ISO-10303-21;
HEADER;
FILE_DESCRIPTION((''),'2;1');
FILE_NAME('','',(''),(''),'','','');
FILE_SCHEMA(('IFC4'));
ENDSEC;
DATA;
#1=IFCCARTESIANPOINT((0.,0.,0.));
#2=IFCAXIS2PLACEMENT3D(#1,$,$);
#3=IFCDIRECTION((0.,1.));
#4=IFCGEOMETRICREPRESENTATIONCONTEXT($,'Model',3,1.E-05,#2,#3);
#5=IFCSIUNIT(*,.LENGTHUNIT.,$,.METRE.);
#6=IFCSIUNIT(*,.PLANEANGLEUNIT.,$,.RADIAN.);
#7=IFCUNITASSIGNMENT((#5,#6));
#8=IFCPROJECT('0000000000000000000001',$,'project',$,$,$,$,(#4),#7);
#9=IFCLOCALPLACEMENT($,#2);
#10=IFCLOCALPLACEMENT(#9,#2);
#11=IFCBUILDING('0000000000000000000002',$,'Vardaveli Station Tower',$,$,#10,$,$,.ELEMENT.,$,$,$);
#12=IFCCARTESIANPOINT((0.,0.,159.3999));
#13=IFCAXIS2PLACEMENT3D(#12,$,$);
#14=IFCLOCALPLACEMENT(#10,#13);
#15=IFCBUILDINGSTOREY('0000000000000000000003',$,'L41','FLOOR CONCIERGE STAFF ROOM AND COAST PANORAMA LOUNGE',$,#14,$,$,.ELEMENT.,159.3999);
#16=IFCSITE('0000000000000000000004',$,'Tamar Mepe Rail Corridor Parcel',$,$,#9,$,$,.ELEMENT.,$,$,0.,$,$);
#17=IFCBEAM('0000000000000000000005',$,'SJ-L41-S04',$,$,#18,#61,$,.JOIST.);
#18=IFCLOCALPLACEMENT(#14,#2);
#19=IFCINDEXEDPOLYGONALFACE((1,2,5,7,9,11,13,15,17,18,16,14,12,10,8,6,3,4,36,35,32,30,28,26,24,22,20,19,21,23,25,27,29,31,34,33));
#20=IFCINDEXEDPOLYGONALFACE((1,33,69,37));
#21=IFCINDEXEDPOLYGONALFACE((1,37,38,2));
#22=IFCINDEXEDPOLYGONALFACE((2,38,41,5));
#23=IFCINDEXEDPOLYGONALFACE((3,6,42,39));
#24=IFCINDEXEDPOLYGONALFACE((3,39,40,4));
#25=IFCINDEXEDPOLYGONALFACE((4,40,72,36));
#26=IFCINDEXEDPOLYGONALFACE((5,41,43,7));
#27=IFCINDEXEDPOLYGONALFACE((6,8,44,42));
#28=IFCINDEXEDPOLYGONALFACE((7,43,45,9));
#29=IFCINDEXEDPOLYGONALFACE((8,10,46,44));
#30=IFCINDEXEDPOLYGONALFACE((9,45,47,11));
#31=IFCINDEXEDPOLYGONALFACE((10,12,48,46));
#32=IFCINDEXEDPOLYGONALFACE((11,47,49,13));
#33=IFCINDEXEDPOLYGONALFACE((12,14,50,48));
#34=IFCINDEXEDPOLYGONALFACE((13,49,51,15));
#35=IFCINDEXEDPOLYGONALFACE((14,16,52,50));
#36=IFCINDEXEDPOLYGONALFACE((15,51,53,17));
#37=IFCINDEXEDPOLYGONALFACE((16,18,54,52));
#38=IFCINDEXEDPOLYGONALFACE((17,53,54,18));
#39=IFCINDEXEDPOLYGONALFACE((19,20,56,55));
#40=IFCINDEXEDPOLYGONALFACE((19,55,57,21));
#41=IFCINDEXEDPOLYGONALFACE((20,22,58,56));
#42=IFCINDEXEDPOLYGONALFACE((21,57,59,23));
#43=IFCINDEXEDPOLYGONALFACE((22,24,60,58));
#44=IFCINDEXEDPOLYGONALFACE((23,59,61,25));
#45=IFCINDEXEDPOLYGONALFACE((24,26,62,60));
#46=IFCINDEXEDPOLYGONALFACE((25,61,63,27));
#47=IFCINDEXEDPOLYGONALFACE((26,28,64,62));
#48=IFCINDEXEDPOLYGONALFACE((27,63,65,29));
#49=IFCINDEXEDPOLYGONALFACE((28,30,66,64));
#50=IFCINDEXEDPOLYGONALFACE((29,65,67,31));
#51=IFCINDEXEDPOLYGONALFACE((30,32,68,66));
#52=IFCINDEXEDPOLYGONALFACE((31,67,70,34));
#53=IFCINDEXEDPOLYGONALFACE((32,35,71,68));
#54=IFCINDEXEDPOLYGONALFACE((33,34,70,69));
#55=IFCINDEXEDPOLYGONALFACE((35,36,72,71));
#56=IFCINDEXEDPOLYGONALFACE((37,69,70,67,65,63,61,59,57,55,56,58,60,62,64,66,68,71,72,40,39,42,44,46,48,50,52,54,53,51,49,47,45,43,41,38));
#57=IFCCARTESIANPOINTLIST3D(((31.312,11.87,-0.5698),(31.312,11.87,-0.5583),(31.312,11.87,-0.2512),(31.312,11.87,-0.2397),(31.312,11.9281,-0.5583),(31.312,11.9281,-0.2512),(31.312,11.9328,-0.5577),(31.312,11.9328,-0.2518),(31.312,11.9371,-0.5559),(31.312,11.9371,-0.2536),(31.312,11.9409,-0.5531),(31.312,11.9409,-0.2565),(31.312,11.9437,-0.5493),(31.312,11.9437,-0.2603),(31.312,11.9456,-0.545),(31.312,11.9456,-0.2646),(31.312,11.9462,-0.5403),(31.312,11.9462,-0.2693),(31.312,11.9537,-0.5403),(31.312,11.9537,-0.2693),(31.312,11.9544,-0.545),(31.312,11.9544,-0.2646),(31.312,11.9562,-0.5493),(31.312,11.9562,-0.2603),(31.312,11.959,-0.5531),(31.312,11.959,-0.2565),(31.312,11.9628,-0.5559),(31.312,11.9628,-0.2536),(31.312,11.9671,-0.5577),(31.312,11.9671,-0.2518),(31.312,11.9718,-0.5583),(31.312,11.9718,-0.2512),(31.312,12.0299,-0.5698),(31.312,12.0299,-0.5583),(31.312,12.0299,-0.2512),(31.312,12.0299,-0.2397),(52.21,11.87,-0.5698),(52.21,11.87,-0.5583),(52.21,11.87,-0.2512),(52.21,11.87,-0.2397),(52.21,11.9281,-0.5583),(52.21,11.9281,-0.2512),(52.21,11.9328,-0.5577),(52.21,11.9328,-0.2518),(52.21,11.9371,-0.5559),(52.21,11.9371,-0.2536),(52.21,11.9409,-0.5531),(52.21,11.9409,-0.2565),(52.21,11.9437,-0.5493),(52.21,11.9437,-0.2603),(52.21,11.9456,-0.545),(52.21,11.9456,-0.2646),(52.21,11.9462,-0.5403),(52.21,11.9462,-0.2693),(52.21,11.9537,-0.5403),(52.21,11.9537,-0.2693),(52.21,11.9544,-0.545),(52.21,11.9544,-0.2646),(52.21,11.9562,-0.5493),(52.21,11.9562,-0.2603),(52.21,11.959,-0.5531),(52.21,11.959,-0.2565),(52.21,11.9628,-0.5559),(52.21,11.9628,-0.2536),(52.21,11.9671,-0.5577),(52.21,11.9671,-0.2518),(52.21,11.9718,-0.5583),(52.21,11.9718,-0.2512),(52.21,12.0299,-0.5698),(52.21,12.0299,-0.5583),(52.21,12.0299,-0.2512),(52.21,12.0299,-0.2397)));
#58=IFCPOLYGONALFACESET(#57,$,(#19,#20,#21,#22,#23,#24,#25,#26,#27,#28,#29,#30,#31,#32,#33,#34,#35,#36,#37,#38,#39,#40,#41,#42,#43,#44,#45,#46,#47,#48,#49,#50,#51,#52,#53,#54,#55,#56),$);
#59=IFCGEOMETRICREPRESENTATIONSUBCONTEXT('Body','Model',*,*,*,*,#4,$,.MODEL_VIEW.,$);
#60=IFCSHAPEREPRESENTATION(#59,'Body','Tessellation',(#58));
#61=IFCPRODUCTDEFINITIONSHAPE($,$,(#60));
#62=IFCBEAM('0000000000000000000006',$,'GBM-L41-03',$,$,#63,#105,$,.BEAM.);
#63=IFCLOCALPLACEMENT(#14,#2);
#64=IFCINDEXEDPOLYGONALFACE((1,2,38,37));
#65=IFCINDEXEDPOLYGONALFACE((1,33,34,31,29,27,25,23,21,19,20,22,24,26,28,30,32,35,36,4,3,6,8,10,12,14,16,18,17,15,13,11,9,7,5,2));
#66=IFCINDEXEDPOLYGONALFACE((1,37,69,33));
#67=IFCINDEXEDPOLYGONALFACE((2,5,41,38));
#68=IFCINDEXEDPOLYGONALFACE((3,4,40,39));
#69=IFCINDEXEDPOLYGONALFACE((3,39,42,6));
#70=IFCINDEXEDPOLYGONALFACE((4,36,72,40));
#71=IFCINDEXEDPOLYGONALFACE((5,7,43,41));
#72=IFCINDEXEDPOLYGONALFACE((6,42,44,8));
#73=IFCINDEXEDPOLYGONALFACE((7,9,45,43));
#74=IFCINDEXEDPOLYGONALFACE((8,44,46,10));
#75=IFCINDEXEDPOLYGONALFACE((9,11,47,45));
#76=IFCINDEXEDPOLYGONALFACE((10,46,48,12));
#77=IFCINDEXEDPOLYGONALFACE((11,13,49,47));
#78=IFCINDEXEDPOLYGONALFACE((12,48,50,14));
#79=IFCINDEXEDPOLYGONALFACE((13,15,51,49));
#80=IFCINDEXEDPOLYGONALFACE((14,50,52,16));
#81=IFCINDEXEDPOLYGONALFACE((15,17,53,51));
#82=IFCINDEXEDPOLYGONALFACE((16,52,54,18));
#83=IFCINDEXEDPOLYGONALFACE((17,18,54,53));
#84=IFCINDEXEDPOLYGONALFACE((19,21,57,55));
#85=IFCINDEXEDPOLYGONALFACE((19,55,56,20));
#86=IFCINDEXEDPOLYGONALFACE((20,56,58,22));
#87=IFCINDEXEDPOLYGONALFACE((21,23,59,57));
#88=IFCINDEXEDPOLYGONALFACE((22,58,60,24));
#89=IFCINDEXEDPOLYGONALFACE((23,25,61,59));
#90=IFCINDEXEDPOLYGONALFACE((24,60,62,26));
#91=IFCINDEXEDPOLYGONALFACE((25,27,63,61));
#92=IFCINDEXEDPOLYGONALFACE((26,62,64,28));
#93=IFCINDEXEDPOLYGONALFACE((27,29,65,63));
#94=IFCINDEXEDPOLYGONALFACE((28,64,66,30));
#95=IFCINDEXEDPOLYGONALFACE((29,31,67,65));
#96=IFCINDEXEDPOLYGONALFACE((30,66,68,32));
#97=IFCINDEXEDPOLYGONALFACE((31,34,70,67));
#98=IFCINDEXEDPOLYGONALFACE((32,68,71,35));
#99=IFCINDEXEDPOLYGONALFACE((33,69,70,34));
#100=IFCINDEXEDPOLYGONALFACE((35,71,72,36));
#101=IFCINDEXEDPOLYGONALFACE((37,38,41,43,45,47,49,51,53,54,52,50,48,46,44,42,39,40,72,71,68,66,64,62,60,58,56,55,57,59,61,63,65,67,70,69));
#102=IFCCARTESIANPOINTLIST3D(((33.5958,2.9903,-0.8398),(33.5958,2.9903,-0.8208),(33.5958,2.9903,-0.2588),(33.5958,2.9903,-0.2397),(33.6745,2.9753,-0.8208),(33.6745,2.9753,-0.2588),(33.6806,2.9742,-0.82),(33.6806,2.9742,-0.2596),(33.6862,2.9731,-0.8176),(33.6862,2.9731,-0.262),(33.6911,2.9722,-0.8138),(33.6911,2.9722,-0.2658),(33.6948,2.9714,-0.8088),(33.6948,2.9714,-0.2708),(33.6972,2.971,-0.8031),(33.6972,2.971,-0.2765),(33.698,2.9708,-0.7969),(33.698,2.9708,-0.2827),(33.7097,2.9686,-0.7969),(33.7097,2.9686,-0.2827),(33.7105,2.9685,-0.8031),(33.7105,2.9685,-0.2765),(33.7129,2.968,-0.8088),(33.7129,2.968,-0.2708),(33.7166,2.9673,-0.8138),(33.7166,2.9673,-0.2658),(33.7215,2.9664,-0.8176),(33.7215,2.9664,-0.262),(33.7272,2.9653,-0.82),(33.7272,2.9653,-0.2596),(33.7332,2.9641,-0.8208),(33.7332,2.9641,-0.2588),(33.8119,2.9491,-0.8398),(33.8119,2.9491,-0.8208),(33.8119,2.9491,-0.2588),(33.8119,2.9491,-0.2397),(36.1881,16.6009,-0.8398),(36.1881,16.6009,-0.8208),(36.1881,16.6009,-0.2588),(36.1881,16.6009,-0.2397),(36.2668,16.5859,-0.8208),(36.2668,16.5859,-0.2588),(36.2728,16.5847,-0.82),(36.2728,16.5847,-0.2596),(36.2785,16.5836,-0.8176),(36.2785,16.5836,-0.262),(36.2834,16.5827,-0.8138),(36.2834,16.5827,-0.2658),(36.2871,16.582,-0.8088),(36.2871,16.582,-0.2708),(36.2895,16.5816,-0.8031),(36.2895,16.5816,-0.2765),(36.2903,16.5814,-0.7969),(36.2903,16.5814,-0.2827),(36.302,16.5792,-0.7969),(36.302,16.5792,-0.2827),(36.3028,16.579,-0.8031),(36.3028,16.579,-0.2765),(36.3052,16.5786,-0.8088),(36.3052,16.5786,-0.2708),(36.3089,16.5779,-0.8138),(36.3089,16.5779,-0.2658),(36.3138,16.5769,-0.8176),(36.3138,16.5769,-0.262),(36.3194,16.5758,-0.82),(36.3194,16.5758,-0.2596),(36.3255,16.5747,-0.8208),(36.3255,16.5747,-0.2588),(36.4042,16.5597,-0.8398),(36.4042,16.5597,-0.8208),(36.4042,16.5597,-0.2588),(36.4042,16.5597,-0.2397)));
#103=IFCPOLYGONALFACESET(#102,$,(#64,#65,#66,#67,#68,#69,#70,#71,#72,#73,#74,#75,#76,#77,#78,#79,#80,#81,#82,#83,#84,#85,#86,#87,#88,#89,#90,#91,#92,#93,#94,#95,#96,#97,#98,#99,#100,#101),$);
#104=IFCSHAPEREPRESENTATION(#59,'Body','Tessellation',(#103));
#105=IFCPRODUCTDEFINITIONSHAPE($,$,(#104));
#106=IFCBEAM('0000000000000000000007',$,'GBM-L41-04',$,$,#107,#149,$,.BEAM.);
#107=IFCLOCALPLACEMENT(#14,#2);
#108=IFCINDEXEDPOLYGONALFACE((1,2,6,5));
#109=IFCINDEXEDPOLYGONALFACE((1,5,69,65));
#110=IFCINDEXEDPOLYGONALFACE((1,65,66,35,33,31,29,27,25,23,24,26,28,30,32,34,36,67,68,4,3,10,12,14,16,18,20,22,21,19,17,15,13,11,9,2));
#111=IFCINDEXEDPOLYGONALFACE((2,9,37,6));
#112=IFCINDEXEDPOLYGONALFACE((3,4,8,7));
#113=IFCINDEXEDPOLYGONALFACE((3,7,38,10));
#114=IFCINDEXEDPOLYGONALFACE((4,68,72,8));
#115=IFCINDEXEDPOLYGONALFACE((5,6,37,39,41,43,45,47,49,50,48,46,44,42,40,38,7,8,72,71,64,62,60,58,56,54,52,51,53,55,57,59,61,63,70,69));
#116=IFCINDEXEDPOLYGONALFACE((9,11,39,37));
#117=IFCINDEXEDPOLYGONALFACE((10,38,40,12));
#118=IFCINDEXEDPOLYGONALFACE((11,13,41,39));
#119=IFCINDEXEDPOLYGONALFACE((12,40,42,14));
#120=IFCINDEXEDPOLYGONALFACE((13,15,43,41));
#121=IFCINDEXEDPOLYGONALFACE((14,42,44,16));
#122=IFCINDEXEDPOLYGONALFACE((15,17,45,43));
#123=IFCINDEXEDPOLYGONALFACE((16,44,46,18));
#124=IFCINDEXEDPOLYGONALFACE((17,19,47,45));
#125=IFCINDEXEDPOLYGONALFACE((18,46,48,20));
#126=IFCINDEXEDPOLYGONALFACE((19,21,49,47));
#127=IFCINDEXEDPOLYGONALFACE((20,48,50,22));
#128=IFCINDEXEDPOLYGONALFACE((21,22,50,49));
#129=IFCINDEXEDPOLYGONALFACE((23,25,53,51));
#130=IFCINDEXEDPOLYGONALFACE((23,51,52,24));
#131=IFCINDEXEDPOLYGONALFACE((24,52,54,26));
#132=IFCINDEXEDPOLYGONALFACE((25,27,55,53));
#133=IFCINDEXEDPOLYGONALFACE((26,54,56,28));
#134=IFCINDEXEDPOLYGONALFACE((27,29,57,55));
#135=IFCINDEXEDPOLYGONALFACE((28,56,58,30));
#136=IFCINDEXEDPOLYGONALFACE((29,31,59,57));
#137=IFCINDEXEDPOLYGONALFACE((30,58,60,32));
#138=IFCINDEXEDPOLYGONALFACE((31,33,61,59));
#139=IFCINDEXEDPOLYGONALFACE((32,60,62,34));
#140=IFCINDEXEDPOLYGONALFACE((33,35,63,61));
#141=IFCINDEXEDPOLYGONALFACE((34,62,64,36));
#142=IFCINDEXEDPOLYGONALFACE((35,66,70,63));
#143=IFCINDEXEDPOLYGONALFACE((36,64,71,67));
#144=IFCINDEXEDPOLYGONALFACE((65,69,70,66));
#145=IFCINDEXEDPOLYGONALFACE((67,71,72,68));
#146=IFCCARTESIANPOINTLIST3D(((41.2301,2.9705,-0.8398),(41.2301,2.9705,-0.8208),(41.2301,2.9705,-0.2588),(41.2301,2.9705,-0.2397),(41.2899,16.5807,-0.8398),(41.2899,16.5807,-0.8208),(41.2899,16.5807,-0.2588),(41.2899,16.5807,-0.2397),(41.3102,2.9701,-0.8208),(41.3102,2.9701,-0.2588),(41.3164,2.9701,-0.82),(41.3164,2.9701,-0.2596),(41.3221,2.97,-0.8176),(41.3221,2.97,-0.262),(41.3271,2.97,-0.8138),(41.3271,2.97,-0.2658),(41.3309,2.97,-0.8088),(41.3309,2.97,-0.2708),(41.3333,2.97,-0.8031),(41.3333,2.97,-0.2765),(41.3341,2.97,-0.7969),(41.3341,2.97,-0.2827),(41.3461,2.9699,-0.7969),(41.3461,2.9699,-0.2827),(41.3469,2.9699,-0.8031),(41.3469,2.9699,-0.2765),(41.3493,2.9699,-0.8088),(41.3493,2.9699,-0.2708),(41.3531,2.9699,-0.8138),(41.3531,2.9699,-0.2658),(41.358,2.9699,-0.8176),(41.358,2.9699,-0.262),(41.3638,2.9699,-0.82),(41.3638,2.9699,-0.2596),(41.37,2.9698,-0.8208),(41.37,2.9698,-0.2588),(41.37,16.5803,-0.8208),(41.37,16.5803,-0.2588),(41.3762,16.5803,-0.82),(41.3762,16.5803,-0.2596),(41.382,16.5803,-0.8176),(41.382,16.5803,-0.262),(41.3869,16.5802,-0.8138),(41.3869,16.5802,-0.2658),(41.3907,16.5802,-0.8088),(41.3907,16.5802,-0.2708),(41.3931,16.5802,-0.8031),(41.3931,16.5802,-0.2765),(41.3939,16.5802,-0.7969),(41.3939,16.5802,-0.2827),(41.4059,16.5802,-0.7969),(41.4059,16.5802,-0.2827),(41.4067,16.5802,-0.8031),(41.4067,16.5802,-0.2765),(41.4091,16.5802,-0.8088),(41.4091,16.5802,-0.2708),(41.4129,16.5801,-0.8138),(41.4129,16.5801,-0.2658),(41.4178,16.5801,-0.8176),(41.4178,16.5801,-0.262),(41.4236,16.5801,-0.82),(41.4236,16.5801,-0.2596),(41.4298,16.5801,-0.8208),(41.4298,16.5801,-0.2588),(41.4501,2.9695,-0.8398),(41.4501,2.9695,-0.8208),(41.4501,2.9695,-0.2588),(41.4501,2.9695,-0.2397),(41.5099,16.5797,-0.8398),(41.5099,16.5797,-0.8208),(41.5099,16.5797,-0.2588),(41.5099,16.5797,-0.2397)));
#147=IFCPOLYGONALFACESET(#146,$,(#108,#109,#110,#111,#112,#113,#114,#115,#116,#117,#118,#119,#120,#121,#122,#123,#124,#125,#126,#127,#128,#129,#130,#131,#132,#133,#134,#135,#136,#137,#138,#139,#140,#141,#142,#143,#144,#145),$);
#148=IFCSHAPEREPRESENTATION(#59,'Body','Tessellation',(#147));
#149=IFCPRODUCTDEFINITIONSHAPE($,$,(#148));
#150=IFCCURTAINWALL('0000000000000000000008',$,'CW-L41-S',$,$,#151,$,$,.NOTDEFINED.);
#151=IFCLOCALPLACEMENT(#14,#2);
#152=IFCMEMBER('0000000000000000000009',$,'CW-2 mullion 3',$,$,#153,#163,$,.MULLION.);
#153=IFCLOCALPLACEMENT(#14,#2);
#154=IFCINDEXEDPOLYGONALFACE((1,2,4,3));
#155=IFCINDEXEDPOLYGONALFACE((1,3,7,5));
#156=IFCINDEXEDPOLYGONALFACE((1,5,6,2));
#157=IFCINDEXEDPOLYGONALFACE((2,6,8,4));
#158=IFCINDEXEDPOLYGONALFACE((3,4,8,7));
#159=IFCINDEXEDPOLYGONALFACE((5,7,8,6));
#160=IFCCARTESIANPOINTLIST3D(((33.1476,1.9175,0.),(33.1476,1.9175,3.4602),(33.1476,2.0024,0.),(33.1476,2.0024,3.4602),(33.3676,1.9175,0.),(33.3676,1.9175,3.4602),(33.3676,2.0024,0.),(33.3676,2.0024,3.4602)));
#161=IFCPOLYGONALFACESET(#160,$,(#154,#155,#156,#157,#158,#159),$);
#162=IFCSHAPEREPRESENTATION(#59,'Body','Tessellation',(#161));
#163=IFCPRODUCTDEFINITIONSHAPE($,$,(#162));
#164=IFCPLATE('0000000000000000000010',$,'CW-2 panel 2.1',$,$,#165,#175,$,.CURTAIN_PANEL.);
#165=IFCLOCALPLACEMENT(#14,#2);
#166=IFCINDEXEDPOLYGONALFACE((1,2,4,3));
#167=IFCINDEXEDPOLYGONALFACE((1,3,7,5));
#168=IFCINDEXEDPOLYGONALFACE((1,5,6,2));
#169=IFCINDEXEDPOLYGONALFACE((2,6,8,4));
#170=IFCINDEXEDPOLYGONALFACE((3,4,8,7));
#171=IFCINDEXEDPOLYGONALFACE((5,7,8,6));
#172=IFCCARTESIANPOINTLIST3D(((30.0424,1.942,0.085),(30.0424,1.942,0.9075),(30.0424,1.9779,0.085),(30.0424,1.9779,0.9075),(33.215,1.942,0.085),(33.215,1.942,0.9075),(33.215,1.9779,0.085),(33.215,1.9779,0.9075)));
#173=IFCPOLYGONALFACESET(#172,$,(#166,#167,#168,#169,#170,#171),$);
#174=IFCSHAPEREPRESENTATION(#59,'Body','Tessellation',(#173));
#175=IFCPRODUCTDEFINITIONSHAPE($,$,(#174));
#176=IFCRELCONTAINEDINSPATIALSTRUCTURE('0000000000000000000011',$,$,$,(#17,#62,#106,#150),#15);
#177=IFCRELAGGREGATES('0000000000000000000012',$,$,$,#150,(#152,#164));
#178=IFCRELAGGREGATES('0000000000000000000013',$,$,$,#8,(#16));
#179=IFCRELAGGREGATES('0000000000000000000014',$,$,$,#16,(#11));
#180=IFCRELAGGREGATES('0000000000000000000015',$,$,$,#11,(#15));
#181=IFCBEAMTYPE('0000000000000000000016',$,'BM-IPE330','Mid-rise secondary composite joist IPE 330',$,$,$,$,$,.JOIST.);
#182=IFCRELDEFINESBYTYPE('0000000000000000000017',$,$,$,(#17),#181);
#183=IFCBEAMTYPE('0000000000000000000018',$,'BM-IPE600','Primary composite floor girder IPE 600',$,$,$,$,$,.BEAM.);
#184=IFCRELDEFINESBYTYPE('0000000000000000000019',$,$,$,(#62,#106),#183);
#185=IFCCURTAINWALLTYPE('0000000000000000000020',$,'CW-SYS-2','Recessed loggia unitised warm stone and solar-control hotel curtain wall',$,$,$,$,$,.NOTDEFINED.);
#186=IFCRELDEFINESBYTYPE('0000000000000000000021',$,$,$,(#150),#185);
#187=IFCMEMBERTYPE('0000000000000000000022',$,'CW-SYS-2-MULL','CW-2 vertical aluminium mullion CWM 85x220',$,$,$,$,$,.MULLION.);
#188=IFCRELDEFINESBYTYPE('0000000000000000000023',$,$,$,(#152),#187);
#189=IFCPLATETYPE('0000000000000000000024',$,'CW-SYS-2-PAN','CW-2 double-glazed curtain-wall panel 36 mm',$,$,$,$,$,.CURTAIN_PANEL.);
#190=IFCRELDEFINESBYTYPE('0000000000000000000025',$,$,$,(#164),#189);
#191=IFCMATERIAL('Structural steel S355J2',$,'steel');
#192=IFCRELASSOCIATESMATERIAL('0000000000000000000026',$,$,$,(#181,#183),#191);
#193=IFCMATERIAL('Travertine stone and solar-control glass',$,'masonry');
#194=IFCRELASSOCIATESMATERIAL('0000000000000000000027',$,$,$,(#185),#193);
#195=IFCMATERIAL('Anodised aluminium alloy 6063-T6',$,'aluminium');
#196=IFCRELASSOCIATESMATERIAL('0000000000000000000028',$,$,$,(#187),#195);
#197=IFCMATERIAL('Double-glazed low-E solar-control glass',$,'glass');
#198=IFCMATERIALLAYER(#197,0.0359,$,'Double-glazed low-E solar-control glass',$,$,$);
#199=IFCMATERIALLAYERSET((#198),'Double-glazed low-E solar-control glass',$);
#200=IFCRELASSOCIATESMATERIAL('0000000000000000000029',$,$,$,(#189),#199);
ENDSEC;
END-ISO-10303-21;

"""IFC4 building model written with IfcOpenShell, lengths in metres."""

from ifc_helpers import new_model, si_unit, direction, frame, origin, origin_2d, place, context, subcontext, project, spatial, rectangle, i_section, extrude, source, transform, mapped, material, layer, layer_set, material_profile, profile_set, type_object, element, aggregate, save


model = new_model("IFC4")

# Units and contexts
model_context = context("Model", 3, precision=1e-05, world=origin(), true_north=direction((0.0, 1.0)))
body_context = subcontext(model_context, "Body", "Model", "MODEL_VIEW")
ifc_project = project(units=[si_unit("LENGTHUNIT", "METRE"), si_unit("PLANEANGLEUNIT", "RADIAN")], contexts=[model_context])

# Site, building, storey
site_placement = place(None, origin())
site = spatial("IfcSite", under=ifc_project, at=site_placement, Name="Tamar Mepe Rail Corridor Parcel", CompositionType="ELEMENT", RefElevation=0.0)
building_placement = place(site_placement, origin())
building = spatial("IfcBuilding", under=site, at=building_placement, Name="Vardaveli Station Tower", CompositionType="ELEMENT")
storey_placement = place(building_placement, frame((0.0, 0.0, 159.3999)))
storey = spatial("IfcBuildingStorey", under=building, at=storey_placement, Name="L41", Description="FLOOR CONCIERGE STAFF ROOM AND COAST PANORAMA LOUNGE", CompositionType="ELEMENT", Elevation=159.3999)

# Beams
ifc_material_1 = material(Name="Structural steel S355J2", Category="steel")
ifc_material_profile_1 = material_profile(ifc_material_1, i_section(OverallWidth=0.1599, OverallDepth=0.3301, WebThickness=0.0076, FlangeThickness=0.0115, FilletRadius=0.0181, at=origin_2d()), Name="IPE 330")
ifc_profile_set_1 = profile_set([ifc_material_profile_1], Name="Structural steel S355J2")
beam_type_1 = type_object("IfcBeamType", Name="BM-IPE330", Description="Mid-rise secondary composite joist IPE 330", PredefinedType="JOIST", material=ifc_profile_set_1)
shared_shape_1 = source(origin(), body_context, "Body", "SweptSolid", [
    extrude(i_section(OverallWidth=0.1599, OverallDepth=0.3301, WebThickness=0.0076, FlangeThickness=0.0115, FilletRadius=0.0181, at=origin_2d()), origin(), (0.0, 0.0, 1.0), 20.8979),
])
for number, where, z_axis, x_axis, name in (
    (1, (31.312, 11.95, -0.4048), (1.0, 0.0, 0.0), (0.0, 1.0, 0.0), "SJ-L41-S04"),
):
    element("IfcBeam", number, at=place(storey_placement, frame(where, z_axis=z_axis, x_axis=x_axis)), inside=storey, type_object=beam_type_1, Name=name, PredefinedType="JOIST", context=body_context, shape_type="MappedRepresentation", body=[
        mapped(shared_shape_1, transform((0.0, 0.0, 0.0), scale=1.0)),
    ])
ifc_material_profile_2 = material_profile(ifc_material_1, i_section(OverallWidth=0.22, OverallDepth=0.6001, WebThickness=0.012, FlangeThickness=0.019, FilletRadius=0.0239, at=origin_2d()), Name="IPE 600")
ifc_profile_set_2 = profile_set([ifc_material_profile_2], Name="Structural steel S355J2")
beam_type_2 = type_object("IfcBeamType", Name="BM-IPE600", Description="Primary composite floor girder IPE 600", PredefinedType="BEAM", material=ifc_profile_set_2)
shared_shape_2 = source(origin(), body_context, "Body", "SweptSolid", [
    extrude(i_section(OverallWidth=0.22, OverallDepth=0.6001, WebThickness=0.012, FlangeThickness=0.019, FilletRadius=0.0239, at=origin_2d()), origin(), (0.0, 0.0, 1.0), 13.8552),
])
beam_1_placement = place(storey_placement, frame((33.7039, 2.9697, -0.5398), z_axis=(0.187098, 0.982341, 0.0), x_axis=(-0.982341, 0.187098, 0.0)))
element("IfcBeam", 2, at=beam_1_placement, inside=storey, type_object=beam_type_2, Name="GBM-L41-03", PredefinedType="BEAM", context=body_context, shape_type="MappedRepresentation", body=[
    mapped(shared_shape_2, transform((0.0, 0.0, 0.0), scale=1.0)),
])
shared_shape_3 = source(origin(), body_context, "Body", "SweptSolid", [
    extrude(i_section(OverallWidth=0.22, OverallDepth=0.6001, WebThickness=0.012, FlangeThickness=0.019, FilletRadius=0.0239, at=origin_2d()), origin(), (0.0, 0.0, 1.0), 13.6104),
])
beam_2_placement = place(storey_placement, frame((41.3401, 2.97, -0.5398), z_axis=(0.004395, 0.99999, 0.0), x_axis=(-0.99999, 0.004395, 0.0)))
element("IfcBeam", 3, at=beam_2_placement, inside=storey, type_object=beam_type_2, Name="GBM-L41-04", PredefinedType="BEAM", context=body_context, shape_type="MappedRepresentation", body=[
    mapped(shared_shape_3, transform((0.0, 0.0, 0.0), scale=1.0)),
])

# Curtain wall, member, plate
ifc_material_2 = material(Name="Travertine stone and solar-control glass", Category="masonry")
curtain_wall_type = type_object("IfcCurtainWallType", Name="CW-SYS-2", Description="Recessed loggia unitised warm stone and solar-control hotel curtain wall", PredefinedType="NOTDEFINED", material=ifc_material_2)
curtain_wall_placement = place(storey_placement, origin())
curtain_wall = element("IfcCurtainWall", 4, at=curtain_wall_placement, inside=storey, type_object=curtain_wall_type, Name="CW-L41-S", PredefinedType="NOTDEFINED")
ifc_material_3 = material(Name="Anodised aluminium alloy 6063-T6", Category="aluminium")
ifc_material_profile_3 = material_profile(ifc_material_3, rectangle(XDim=0.085, YDim=0.22, at=origin_2d()), Name="CWM 85x220")
ifc_profile_set_3 = profile_set([ifc_material_profile_3], Name="Anodised aluminium alloy 6063-T6")
member_type = type_object("IfcMemberType", Name="CW-SYS-2-MULL", Description="CW-2 vertical aluminium mullion CWM 85x220", PredefinedType="MULLION", material=ifc_profile_set_3)
shared_shape_4 = source(origin(), body_context, "Body", "SweptSolid", [
    extrude(rectangle(XDim=0.085, YDim=0.22, at=origin_2d()), origin(), (0.0, 0.0, 1.0), 3.4602),
])
member_placement = place(storey_placement, frame((33.2576, 1.96, 0.0), z_axis=(0.0, 0.0, 1.0), x_axis=(0.0, 1.0, 0.0)))
member = element("IfcMember", 5, at=member_placement, type_object=member_type, Name="CW-2 mullion 3", PredefinedType="MULLION", context=body_context, shape_type="MappedRepresentation", body=[
    mapped(shared_shape_4, transform((0.0, 0.0, 0.0), scale=1.0)),
])
ifc_material_4 = material(Name="Double-glazed low-E solar-control glass", Category="glass")
ifc_layer_1 = layer(ifc_material_4, 0.0359, Name="Double-glazed low-E solar-control glass")
ifc_layer_set_1 = layer_set([ifc_layer_1], Name="Double-glazed low-E solar-control glass")
plate_type = type_object("IfcPlateType", Name="CW-SYS-2-PAN", Description="CW-2 double-glazed curtain-wall panel 36 mm", PredefinedType="CURTAIN_PANEL", material=ifc_layer_set_1)
shared_shape_5 = source(origin(), body_context, "Body", "SweptSolid", [
    extrude(rectangle(XDim=3.1726, YDim=0.0359, at=origin_2d()), origin(), (0.0, 0.0, 1.0), 0.8225),
])
plate_1_placement = place(storey_placement, frame((31.6287, 1.96, 0.085), z_axis=(0.0, 0.0, 1.0), x_axis=(1.0, 0.0, 0.0)))
plate_1 = element("IfcPlate", 6, at=plate_1_placement, type_object=plate_type, Name="CW-2 panel 2.1", PredefinedType="CURTAIN_PANEL", context=body_context, shape_type="MappedRepresentation", body=[
    mapped(shared_shape_5, transform((0.0, 0.0, 0.0), scale=1.0)),
])
aggregate(curtain_wall, [member, plate_1])

save(model, "model.ifc")
